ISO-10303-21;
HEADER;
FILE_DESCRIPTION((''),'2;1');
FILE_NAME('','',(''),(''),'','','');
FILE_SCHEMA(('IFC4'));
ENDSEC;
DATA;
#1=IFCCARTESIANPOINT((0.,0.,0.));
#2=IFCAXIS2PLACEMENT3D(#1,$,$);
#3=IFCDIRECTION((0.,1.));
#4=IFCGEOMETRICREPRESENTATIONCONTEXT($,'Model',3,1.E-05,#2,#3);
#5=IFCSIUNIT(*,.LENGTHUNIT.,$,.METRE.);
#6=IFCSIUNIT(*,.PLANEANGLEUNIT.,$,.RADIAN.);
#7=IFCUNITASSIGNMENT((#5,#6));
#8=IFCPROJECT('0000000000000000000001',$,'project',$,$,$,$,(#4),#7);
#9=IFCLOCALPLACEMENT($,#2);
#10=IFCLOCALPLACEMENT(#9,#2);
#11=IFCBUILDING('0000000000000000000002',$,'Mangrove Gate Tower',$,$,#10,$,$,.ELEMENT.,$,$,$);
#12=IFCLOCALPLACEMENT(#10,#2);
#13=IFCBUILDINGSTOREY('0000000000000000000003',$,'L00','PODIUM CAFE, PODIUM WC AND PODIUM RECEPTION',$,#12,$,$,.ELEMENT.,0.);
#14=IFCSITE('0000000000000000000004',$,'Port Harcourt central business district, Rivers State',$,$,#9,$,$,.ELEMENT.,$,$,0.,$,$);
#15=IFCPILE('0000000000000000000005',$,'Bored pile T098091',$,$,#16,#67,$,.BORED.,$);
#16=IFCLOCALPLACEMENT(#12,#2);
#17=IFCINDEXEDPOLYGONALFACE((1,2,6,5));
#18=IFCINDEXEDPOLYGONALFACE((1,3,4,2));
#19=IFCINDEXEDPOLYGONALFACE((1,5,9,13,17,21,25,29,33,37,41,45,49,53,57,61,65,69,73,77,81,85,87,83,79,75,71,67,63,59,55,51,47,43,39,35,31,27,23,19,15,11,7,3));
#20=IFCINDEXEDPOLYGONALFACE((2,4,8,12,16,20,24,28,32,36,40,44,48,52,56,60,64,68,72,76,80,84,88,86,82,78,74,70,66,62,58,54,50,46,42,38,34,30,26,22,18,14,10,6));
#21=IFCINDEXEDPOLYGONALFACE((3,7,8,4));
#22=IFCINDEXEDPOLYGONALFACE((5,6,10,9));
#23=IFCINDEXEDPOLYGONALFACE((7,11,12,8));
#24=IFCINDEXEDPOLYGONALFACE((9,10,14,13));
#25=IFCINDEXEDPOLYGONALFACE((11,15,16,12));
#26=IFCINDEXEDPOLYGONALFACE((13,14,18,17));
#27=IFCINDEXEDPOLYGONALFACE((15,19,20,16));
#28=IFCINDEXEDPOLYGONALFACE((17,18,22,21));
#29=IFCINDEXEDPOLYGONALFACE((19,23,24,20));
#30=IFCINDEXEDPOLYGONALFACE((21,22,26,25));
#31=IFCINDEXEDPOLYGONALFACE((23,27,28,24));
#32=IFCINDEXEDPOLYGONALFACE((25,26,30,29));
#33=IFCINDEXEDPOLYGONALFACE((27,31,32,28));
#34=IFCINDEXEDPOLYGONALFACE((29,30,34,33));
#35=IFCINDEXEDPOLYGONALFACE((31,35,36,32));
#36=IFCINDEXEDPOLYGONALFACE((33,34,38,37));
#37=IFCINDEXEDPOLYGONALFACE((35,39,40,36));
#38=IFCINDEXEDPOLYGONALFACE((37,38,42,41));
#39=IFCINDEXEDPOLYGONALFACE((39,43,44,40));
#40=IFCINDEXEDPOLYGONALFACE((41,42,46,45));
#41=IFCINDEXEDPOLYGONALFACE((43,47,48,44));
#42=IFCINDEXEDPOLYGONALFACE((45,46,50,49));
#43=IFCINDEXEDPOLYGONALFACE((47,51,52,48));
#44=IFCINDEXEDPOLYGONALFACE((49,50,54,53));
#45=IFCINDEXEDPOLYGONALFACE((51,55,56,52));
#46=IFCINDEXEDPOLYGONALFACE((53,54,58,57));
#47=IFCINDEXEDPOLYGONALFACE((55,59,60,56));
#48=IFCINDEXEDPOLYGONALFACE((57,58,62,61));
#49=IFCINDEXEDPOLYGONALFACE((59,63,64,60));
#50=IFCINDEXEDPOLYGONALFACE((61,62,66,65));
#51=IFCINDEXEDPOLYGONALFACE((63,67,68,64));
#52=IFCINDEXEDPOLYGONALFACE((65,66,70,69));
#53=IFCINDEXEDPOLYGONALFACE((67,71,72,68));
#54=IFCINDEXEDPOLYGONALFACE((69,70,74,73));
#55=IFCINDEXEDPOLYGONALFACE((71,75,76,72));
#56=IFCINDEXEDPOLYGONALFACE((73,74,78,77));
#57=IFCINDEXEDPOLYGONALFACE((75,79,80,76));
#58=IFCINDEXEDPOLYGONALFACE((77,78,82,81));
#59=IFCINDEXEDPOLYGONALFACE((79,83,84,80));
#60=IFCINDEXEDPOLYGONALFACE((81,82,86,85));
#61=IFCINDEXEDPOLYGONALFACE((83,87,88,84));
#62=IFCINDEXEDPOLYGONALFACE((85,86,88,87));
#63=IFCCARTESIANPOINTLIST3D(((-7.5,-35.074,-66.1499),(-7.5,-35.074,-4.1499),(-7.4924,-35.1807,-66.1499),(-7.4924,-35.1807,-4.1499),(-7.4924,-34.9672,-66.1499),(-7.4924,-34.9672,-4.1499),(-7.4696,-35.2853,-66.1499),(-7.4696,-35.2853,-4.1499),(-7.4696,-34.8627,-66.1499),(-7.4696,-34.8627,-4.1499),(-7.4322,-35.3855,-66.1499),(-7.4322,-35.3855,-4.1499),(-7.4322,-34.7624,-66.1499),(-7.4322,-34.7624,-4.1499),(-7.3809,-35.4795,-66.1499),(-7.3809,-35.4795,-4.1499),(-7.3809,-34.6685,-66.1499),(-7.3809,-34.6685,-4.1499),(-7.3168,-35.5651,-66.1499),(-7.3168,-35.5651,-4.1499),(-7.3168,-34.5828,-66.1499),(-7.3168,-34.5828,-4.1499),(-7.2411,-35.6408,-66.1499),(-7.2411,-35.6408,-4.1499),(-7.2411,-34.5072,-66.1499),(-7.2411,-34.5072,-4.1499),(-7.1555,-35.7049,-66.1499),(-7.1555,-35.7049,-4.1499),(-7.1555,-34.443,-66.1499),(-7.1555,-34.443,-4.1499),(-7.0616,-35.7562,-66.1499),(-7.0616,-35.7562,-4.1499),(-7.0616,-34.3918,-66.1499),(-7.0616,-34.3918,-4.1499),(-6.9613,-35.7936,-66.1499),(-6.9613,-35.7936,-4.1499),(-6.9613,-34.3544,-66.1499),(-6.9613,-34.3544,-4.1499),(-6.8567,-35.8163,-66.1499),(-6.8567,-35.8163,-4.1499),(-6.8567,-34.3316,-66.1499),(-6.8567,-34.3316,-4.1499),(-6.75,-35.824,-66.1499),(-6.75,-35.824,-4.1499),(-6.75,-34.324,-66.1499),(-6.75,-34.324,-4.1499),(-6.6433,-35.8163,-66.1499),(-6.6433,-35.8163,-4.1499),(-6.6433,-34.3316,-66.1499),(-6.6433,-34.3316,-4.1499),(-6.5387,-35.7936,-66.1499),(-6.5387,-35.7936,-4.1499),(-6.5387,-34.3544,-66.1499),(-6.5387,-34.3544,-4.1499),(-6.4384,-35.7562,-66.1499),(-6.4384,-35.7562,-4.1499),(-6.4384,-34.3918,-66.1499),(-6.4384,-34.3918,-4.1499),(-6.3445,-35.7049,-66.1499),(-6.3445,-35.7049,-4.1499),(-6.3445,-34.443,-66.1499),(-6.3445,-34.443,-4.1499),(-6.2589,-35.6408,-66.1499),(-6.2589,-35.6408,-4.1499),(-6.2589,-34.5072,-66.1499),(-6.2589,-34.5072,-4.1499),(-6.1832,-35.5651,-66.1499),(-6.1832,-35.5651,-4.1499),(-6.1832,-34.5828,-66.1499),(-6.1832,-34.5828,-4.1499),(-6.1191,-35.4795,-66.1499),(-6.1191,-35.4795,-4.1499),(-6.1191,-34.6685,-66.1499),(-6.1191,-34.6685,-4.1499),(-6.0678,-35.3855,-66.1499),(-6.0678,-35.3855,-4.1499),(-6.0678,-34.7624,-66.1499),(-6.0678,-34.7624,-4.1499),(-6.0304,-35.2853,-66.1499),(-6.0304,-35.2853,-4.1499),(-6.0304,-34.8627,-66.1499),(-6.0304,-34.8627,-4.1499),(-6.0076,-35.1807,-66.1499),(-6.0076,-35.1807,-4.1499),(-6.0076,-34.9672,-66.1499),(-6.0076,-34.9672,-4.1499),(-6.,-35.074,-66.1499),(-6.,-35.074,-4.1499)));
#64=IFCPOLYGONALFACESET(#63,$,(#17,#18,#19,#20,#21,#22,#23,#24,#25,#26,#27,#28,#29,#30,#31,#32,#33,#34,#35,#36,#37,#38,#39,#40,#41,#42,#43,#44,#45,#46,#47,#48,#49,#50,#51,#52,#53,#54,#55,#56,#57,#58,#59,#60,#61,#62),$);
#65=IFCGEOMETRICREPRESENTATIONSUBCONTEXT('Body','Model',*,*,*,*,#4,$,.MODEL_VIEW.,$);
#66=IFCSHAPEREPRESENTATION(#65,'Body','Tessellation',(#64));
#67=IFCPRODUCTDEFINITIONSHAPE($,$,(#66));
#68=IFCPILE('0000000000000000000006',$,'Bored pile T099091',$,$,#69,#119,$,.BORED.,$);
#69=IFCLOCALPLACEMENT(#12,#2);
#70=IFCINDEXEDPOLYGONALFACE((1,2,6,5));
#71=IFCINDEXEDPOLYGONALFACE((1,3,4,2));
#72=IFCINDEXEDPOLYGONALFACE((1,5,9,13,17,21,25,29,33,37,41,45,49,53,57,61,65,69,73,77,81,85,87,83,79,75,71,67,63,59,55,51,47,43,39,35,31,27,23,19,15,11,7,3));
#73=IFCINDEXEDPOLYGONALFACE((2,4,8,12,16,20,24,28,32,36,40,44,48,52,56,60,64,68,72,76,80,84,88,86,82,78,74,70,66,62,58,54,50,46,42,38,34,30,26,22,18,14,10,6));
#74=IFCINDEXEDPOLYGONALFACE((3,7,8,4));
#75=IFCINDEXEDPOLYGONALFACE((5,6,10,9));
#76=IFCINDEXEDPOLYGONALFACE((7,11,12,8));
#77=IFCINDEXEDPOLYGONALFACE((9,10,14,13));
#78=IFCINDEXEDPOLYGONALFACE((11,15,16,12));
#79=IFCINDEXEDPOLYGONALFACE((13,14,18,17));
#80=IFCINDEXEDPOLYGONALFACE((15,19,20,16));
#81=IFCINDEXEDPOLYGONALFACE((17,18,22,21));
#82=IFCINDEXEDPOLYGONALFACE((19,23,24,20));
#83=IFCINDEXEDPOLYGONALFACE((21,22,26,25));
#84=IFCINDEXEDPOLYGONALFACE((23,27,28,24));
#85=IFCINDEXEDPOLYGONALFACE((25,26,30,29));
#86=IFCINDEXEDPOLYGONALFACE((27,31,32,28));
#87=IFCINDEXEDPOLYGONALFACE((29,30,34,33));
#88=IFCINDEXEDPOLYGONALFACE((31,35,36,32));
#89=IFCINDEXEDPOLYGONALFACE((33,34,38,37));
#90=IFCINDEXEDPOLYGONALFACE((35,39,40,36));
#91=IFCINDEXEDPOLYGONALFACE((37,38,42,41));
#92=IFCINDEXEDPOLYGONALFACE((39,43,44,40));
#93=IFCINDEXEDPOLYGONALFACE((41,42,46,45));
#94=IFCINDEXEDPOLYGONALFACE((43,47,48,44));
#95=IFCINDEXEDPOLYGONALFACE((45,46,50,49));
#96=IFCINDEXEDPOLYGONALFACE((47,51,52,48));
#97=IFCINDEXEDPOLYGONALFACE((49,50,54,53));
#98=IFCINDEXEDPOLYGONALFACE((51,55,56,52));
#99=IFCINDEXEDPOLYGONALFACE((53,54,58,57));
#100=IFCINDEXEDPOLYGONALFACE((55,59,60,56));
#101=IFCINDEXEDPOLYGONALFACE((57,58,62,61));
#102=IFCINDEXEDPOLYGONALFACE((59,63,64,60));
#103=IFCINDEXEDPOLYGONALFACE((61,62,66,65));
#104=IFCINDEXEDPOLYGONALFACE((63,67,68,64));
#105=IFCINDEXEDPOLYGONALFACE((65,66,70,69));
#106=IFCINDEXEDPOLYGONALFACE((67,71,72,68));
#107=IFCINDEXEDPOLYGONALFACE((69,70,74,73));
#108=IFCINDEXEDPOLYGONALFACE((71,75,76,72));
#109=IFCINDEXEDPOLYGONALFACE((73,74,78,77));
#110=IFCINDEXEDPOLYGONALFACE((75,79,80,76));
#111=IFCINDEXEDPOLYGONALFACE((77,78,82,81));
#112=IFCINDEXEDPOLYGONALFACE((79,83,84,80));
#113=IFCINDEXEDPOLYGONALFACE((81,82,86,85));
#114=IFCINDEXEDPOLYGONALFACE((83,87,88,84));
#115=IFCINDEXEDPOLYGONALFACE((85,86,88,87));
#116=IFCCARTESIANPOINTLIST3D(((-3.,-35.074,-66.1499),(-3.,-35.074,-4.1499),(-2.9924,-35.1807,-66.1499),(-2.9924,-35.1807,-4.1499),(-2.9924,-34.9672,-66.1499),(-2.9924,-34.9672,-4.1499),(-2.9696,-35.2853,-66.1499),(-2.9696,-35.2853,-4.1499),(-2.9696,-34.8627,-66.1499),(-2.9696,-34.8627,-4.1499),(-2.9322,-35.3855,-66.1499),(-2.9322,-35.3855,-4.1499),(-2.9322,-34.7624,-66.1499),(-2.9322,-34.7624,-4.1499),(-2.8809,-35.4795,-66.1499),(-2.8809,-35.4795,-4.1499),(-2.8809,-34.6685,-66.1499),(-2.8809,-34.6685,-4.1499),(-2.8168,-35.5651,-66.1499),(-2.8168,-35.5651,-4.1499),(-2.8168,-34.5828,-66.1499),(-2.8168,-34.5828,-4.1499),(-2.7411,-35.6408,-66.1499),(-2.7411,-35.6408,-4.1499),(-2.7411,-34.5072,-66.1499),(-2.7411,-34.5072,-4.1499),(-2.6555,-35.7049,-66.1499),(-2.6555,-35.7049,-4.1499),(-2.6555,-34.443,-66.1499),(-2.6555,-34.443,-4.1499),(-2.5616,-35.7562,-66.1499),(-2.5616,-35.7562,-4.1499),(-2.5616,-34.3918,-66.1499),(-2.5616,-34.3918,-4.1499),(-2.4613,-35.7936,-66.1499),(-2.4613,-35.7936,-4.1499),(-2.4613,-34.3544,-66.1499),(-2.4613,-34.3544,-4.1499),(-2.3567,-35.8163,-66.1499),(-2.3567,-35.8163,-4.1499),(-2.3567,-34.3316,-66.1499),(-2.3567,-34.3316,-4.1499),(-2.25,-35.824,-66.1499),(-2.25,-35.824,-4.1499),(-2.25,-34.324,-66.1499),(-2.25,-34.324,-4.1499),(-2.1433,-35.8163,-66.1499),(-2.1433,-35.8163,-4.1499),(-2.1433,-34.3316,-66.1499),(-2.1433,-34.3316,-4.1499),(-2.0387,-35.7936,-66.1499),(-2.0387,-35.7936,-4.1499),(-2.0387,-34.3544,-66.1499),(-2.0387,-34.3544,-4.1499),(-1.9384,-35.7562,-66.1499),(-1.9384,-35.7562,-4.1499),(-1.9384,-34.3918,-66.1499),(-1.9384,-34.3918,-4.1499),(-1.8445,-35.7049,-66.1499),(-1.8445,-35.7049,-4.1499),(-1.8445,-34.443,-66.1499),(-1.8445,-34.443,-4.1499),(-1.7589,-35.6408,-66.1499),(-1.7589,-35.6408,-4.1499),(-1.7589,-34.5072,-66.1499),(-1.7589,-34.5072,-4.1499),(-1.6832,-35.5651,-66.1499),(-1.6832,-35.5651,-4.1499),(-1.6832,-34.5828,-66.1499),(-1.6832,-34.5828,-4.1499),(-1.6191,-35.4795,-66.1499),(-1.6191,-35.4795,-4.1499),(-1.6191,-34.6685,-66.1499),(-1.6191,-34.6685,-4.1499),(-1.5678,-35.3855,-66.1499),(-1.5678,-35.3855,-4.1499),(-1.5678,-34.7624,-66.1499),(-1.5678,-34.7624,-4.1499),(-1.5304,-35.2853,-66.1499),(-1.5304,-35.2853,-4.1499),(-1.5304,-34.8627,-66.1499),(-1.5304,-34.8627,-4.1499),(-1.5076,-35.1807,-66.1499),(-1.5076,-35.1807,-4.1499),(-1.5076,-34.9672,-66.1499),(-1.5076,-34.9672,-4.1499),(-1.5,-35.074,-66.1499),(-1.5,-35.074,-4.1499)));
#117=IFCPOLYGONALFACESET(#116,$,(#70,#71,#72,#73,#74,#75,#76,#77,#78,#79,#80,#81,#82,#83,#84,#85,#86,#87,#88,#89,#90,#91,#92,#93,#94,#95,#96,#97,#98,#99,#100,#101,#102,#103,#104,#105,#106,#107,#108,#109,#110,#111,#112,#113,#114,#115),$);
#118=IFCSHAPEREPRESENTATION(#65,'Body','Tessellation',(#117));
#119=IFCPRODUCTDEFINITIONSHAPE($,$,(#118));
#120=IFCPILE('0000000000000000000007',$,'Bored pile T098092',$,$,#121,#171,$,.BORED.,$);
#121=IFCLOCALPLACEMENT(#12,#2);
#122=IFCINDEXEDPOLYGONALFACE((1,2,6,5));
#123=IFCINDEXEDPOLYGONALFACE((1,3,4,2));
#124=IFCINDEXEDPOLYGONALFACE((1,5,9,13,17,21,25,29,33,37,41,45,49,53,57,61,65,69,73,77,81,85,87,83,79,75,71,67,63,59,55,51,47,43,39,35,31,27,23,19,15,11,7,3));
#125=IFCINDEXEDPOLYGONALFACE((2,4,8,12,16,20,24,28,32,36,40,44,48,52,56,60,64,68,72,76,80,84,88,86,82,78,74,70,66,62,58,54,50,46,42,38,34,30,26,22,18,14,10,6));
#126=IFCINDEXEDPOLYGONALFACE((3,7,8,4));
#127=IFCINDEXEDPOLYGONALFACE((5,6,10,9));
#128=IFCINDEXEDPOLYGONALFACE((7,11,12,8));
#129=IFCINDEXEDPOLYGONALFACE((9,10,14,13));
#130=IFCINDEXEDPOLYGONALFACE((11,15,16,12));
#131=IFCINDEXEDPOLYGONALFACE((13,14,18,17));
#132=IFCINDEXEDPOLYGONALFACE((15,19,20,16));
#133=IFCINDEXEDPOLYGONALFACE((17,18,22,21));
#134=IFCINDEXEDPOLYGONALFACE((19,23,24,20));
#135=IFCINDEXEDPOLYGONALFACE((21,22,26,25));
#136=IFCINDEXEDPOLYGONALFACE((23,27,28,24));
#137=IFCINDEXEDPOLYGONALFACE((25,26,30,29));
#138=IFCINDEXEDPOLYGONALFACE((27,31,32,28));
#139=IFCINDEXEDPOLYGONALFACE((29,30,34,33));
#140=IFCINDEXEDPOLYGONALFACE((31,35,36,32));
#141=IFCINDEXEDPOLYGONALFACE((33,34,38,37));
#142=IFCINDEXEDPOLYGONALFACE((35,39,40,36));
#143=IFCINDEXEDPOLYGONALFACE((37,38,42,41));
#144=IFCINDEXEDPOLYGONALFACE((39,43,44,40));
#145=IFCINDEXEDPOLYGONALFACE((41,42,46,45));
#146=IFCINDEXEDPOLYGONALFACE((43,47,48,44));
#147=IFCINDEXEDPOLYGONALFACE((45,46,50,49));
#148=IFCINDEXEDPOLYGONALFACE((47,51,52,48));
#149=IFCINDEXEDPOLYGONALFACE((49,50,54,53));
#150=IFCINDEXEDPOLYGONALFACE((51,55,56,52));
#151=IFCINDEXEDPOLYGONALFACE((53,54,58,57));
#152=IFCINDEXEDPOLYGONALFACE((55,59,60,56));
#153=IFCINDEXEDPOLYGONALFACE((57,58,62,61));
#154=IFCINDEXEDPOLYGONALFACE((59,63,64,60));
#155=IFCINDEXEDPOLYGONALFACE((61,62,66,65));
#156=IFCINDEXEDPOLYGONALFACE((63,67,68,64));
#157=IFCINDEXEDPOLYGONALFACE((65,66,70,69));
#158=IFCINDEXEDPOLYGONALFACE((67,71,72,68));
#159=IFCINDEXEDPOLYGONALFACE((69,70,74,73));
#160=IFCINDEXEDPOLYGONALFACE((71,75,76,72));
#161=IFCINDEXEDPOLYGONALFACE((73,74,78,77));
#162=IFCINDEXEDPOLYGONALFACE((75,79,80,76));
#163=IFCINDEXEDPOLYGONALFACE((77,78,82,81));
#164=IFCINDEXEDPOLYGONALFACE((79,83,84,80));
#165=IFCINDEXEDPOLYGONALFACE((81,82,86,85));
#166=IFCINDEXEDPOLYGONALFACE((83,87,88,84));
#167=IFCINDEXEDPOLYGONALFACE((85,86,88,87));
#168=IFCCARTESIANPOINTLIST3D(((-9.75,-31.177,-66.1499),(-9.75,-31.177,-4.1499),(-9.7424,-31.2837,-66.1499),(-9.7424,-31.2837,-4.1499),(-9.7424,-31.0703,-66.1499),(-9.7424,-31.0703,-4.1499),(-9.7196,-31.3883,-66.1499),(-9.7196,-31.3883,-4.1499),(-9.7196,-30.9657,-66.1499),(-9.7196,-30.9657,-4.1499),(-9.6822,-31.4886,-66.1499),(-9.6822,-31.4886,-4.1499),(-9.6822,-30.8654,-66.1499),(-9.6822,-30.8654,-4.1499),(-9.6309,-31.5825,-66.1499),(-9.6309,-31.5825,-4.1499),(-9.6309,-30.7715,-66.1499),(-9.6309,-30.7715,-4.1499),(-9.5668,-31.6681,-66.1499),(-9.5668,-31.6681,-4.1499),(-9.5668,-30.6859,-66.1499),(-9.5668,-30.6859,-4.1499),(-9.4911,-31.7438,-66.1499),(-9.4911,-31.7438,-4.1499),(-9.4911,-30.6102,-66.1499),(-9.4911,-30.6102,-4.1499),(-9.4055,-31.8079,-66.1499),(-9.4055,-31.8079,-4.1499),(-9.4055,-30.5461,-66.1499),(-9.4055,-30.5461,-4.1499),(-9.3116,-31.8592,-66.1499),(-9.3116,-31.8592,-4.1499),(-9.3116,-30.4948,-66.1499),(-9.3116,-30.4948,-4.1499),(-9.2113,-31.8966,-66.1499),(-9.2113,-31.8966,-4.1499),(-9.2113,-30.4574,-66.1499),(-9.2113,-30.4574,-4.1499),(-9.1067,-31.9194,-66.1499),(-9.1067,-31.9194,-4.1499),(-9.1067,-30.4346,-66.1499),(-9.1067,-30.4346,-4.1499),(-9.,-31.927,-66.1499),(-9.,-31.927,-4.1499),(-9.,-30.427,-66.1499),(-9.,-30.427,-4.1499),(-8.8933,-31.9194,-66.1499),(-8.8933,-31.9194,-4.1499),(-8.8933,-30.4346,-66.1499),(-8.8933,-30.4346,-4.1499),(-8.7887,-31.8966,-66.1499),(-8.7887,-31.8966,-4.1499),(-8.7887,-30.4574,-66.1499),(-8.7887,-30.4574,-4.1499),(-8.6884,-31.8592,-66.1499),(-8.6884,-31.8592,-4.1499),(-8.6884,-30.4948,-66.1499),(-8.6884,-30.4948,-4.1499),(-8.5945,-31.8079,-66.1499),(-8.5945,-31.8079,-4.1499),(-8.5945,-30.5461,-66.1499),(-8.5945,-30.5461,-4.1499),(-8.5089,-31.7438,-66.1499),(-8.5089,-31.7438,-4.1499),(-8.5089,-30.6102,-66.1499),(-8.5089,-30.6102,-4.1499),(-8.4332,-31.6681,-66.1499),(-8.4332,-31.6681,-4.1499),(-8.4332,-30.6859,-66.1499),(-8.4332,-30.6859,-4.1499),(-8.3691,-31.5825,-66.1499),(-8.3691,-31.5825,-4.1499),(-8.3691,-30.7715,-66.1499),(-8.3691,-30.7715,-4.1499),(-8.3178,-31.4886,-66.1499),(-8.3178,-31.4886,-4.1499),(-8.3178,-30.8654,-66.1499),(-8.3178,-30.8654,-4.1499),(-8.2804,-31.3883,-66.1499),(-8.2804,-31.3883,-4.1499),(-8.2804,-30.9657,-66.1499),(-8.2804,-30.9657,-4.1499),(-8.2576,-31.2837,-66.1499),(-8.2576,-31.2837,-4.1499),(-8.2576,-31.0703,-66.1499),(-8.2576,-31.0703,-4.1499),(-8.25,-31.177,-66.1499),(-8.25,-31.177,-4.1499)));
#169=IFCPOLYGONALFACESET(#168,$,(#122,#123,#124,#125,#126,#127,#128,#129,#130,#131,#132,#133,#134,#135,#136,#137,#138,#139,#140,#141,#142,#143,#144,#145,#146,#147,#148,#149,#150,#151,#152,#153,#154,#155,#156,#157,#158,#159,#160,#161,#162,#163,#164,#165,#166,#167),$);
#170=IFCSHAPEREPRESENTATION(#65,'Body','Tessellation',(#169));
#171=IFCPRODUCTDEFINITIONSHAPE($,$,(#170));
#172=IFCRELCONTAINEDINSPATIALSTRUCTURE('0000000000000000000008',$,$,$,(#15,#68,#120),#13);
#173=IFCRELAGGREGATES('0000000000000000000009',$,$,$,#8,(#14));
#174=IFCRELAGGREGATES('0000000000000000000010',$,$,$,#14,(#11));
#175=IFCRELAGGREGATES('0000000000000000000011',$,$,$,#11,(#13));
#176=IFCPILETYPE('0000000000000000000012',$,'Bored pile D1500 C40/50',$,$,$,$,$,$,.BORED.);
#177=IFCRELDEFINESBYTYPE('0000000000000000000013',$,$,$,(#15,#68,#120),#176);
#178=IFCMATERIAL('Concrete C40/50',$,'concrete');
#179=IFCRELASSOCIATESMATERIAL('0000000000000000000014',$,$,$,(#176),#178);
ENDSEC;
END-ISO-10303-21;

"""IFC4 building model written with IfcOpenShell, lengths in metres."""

from ifc_helpers import new_model, si_unit, direction, frame, origin, origin_2d, place, context, subcontext, project, spatial, circle, extrude, material, material_profile, profile_set, type_object, element, save


model = new_model("IFC4")

# Units and contexts
model_context = context("Model", 3, precision=1e-05, world=origin(), true_north=direction((0.0, 1.0)))
body_context = subcontext(model_context, "Body", "Model", "MODEL_VIEW")
ifc_project = project(units=[si_unit("LENGTHUNIT", "METRE"), si_unit("PLANEANGLEUNIT", "RADIAN")], contexts=[model_context])

# Site, building, storey
site_placement = place(None, origin())
site = spatial("IfcSite", under=ifc_project, at=site_placement, Name="Port Harcourt central business district, Rivers State", CompositionType="ELEMENT", RefElevation=0.0)
building_placement = place(site_placement, origin())
building = spatial("IfcBuilding", under=site, at=building_placement, Name="Mangrove Gate Tower", CompositionType="ELEMENT")
storey_placement = place(building_placement, origin())
storey = spatial("IfcBuildingStorey", under=building, at=storey_placement, Name="L00", Description="PODIUM CAFE, PODIUM WC AND PODIUM RECEPTION", CompositionType="ELEMENT", Elevation=0.0)

# Piles
ifc_material_1 = material(Name="Concrete C40/50", Category="concrete")
ifc_material_profile_1 = material_profile(ifc_material_1, circle(Radius=0.75, at=origin_2d()))
ifc_profile_set_1 = profile_set([ifc_material_profile_1], Name="Concrete C40/50")
pile_type = type_object("IfcPileType", Name="Bored pile D1500 C40/50", PredefinedType="BORED", material=ifc_profile_set_1)
for number, where, z_axis, x_axis, name in (
    (1, (-6.75, -35.074, -4.1499), (0.0, 0.0, -1.0), (1.0, 0.0, 0.0), "Bored pile T098091"),
    (2, (-2.25, -35.074, -4.1499), (0.0, 0.0, -1.0), (1.0, 0.0, 0.0), "Bored pile T099091"),
    (3, (-9.0, -31.177, -4.1499), (0.0, 0.0, -1.0), (1.0, 0.0, 0.0), "Bored pile T098092"),
):
    element("IfcPile", number, at=place(storey_placement, frame(where, z_axis=z_axis, x_axis=x_axis)), inside=storey, type_object=pile_type, Name=name, PredefinedType="BORED", context=body_context, shape_type="SweptSolid", body=[
        extrude(circle(Radius=0.75, at=origin_2d()), origin(), (0.0, 0.0, 1.0), 62.0),
    ])

save(model, "model.ifc")
